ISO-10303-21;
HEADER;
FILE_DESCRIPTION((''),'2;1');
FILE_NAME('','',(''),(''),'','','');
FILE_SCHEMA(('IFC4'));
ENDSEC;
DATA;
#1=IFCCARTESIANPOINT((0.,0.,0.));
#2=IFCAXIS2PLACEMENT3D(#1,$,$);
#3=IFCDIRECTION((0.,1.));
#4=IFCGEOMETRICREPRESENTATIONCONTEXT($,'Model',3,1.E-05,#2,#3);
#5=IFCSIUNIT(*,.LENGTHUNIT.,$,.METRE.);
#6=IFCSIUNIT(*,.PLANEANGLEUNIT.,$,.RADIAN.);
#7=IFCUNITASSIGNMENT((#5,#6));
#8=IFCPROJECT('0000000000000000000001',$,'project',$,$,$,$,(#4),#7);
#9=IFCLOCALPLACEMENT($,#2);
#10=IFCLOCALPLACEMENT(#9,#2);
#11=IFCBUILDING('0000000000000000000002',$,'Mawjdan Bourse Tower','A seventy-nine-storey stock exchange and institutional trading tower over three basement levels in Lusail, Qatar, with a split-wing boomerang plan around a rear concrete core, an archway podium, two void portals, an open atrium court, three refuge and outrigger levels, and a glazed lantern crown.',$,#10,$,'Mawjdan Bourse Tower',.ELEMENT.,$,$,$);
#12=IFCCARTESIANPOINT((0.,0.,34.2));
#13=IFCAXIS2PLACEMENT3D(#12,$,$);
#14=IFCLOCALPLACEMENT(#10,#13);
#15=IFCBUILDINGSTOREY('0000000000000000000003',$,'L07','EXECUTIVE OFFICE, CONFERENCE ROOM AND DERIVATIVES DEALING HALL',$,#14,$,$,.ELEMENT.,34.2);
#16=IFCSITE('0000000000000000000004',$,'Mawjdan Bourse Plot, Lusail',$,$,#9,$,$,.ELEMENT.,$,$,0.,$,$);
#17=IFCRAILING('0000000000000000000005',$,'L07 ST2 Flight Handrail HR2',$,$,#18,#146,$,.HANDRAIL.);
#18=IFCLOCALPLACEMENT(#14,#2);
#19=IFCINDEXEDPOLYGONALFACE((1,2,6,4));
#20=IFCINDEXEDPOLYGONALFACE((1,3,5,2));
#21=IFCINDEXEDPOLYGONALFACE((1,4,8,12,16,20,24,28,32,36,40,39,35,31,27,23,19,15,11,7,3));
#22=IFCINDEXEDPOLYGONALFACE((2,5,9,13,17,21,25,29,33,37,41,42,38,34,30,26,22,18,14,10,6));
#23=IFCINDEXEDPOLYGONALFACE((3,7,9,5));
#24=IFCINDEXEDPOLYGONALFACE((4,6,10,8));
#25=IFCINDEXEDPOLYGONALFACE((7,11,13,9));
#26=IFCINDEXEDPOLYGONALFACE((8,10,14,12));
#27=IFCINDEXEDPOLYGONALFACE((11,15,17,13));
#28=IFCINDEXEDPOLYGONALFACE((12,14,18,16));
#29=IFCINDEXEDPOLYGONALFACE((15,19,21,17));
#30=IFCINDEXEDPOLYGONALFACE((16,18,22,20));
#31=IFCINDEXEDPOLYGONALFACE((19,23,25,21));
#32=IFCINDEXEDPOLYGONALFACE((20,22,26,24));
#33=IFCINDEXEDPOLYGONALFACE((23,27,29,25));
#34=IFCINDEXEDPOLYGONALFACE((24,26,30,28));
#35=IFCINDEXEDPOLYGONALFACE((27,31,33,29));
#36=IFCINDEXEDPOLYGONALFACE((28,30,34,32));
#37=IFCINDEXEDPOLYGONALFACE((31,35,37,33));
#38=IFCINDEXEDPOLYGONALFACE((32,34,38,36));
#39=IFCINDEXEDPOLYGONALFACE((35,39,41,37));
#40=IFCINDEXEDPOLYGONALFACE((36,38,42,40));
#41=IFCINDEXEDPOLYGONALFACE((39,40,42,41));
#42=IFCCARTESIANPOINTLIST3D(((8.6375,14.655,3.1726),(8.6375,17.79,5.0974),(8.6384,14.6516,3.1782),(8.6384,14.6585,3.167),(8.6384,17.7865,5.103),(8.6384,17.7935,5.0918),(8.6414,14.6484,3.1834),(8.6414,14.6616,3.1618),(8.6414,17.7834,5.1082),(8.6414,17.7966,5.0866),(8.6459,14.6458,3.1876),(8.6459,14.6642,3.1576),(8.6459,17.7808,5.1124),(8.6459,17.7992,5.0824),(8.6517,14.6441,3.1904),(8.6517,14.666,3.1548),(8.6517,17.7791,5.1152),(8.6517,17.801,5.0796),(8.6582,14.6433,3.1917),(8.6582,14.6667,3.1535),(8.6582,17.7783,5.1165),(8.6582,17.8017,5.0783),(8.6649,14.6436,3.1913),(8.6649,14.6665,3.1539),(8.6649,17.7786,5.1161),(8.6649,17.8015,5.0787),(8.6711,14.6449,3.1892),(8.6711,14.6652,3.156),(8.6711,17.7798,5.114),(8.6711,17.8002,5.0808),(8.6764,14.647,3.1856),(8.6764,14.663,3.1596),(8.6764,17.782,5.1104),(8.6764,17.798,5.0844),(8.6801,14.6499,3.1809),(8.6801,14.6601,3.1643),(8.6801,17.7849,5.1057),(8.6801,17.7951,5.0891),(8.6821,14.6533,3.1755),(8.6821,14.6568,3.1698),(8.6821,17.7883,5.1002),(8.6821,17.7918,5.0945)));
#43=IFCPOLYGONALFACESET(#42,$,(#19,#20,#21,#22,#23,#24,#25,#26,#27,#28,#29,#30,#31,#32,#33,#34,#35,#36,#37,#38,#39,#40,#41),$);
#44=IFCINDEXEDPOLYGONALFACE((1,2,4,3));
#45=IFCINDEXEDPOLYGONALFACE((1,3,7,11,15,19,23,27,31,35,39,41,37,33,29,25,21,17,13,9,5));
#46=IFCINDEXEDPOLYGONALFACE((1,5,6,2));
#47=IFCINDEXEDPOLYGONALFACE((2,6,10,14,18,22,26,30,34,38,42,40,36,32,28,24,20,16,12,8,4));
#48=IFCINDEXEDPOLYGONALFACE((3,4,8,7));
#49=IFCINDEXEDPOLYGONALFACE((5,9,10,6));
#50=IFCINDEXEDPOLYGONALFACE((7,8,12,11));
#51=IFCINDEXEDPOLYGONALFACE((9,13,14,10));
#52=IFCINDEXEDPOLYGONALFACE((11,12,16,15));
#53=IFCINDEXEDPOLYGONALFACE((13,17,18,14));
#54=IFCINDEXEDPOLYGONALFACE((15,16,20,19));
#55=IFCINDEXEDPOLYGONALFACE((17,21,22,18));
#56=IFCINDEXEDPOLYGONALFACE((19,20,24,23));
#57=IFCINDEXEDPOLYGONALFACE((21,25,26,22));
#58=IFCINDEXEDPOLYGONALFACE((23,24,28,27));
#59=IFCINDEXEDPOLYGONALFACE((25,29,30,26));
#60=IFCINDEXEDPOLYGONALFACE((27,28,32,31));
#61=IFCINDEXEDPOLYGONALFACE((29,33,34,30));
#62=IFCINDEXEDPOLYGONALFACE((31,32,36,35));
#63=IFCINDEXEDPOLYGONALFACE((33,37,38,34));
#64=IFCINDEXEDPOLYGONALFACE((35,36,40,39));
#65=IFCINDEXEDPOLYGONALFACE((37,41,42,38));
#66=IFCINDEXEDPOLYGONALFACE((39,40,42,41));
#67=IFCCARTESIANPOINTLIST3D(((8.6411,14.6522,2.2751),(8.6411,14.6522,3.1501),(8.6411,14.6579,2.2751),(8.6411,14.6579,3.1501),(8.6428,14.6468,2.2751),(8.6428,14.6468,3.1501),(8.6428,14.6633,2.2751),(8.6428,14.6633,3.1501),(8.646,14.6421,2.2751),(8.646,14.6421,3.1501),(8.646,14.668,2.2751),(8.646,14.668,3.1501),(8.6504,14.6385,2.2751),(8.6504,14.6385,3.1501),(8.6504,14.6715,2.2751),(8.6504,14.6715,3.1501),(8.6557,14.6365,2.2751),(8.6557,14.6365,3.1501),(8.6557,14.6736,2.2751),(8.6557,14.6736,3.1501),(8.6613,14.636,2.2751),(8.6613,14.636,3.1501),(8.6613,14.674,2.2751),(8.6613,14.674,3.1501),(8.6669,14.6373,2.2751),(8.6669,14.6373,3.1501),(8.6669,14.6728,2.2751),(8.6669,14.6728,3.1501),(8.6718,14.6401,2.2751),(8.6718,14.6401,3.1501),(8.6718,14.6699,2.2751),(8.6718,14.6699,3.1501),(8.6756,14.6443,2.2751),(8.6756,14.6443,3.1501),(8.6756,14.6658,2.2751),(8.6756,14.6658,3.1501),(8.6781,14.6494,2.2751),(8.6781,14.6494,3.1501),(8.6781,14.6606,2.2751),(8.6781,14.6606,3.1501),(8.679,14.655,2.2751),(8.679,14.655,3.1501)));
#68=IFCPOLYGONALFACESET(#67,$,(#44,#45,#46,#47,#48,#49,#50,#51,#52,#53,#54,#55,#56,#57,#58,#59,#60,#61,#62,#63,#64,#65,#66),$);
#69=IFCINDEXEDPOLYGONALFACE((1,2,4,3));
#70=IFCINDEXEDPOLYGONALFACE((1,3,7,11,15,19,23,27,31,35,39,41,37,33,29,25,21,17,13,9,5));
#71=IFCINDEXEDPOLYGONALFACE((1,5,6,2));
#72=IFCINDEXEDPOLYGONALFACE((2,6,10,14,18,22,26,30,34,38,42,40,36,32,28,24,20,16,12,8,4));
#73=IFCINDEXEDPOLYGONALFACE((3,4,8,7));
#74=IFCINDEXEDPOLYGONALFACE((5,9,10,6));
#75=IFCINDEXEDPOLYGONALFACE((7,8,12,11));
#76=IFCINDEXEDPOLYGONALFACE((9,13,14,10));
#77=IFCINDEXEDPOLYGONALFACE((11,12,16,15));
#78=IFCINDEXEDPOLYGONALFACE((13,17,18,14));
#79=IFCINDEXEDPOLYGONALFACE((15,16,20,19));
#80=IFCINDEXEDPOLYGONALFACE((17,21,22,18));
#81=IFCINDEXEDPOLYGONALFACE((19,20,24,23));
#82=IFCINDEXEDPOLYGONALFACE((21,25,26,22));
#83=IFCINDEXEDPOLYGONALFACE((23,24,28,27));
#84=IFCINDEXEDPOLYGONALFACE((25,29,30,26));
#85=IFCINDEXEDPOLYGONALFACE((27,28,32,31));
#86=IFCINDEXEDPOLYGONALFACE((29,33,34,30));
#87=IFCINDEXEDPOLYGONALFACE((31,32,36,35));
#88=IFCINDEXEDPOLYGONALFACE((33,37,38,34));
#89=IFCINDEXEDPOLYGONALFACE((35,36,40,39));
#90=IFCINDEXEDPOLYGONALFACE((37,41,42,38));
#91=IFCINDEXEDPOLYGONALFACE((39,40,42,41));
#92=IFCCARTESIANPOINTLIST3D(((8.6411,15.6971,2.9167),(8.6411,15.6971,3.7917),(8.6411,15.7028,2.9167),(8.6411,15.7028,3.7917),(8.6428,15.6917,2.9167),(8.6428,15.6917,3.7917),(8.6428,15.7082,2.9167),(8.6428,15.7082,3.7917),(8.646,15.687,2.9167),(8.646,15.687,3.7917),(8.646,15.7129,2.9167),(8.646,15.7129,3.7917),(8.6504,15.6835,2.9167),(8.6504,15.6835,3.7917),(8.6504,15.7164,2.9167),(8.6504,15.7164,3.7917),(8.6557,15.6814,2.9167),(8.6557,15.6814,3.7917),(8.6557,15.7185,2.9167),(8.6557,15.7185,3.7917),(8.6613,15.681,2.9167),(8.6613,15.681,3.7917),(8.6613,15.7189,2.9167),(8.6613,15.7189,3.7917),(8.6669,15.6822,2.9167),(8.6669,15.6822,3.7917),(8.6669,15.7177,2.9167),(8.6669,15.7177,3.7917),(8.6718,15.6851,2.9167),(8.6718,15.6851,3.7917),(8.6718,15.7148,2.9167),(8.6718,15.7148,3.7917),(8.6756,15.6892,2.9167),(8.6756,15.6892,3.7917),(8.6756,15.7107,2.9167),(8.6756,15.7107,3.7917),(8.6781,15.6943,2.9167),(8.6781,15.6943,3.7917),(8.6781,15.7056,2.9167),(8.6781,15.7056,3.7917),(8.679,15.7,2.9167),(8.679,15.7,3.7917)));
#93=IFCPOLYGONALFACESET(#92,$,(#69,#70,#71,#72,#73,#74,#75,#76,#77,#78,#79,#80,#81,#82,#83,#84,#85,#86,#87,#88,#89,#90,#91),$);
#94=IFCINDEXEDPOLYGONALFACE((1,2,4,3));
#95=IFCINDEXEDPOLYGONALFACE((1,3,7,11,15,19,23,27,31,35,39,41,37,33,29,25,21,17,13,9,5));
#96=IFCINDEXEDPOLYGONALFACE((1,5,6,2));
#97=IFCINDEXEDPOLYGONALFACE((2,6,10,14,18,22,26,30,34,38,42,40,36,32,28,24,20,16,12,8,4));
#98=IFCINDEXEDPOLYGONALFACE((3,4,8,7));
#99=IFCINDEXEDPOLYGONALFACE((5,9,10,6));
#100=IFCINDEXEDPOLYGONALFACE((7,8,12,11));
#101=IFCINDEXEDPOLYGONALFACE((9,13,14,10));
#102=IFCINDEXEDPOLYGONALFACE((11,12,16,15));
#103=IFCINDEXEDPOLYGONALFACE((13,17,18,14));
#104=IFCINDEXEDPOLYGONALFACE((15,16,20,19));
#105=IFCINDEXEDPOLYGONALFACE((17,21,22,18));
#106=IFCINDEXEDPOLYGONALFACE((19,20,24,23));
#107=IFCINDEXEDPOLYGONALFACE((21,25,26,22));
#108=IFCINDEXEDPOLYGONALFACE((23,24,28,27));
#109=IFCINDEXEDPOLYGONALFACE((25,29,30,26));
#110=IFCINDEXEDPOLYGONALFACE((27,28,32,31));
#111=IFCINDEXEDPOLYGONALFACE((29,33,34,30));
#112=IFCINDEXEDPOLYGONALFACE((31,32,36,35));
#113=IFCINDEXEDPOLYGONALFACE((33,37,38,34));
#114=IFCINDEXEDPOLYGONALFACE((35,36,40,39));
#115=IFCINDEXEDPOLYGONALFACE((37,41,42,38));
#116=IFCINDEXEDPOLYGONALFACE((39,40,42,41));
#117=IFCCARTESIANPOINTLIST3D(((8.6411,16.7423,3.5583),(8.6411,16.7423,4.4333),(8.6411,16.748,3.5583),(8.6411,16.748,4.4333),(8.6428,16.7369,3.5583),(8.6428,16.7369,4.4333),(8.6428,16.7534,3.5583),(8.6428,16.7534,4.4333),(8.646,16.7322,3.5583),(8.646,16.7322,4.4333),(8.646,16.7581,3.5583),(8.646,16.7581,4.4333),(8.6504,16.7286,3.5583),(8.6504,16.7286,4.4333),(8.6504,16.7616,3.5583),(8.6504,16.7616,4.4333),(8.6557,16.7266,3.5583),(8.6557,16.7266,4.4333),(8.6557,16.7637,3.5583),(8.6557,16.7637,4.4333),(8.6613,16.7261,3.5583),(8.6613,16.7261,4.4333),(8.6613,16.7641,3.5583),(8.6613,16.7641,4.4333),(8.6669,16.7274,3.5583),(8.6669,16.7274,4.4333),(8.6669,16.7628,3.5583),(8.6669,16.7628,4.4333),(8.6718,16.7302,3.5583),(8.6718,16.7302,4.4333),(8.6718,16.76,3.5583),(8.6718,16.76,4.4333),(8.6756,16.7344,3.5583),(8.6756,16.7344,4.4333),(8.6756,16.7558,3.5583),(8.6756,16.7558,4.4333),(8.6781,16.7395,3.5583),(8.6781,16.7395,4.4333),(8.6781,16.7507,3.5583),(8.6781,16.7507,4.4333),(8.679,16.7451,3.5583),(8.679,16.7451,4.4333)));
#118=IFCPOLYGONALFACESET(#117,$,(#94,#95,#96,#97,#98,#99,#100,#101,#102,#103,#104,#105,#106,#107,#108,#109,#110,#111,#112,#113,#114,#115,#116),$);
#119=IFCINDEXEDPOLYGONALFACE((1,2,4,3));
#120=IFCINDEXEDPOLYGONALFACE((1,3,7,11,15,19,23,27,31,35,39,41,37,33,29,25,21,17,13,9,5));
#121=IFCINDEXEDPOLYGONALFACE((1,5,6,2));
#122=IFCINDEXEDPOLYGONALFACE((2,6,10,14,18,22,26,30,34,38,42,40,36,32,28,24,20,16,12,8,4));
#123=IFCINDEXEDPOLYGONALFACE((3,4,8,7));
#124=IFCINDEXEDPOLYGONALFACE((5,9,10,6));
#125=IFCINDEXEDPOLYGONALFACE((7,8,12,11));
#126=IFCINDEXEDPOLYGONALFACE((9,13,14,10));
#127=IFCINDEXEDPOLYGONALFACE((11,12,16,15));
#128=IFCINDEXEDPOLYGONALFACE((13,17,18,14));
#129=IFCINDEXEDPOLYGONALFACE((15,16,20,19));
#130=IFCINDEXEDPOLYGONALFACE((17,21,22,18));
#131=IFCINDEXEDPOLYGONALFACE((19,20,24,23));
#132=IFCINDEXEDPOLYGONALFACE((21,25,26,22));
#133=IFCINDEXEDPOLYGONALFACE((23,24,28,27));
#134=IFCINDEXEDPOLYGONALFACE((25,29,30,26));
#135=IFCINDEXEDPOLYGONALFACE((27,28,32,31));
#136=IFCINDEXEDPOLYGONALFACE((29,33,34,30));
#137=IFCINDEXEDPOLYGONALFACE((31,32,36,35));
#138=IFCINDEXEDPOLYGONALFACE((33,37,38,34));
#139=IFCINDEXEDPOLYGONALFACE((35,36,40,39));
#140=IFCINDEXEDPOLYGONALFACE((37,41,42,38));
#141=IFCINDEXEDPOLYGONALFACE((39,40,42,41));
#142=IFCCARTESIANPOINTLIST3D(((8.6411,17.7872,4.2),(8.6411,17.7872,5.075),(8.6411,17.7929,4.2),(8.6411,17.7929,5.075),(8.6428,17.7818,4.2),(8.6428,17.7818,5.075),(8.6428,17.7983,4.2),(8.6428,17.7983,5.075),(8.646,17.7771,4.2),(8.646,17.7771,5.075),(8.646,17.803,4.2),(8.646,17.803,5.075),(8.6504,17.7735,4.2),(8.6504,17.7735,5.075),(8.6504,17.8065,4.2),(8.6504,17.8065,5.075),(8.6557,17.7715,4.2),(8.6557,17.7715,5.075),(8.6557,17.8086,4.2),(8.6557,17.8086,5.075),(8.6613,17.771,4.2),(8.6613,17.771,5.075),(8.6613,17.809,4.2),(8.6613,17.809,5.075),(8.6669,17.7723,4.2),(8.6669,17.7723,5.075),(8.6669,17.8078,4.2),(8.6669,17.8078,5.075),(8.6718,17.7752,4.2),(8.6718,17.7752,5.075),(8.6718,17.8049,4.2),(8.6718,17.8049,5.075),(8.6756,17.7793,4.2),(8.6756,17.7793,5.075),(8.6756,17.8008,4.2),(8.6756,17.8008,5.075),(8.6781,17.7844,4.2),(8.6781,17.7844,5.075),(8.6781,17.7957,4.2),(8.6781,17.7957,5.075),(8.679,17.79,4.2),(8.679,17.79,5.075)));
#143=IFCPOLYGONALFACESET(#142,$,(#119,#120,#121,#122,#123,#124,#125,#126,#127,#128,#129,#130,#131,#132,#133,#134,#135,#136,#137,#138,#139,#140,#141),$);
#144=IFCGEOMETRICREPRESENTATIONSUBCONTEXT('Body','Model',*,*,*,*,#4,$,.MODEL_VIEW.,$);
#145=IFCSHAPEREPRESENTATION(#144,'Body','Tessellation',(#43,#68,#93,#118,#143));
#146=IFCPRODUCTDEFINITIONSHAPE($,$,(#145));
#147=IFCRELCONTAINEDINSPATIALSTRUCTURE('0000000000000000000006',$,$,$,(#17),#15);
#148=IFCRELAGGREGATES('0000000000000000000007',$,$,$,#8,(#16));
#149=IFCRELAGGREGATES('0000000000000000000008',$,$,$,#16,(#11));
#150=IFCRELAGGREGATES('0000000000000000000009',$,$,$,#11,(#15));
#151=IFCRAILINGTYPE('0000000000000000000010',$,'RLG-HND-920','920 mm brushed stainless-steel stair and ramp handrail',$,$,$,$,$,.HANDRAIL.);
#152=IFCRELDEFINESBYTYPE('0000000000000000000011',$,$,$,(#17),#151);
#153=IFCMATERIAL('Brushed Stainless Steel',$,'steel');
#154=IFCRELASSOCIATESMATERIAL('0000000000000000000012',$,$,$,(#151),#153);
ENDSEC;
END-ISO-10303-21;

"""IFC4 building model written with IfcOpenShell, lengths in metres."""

from ifc_helpers import new_model, si_unit, direction, frame, origin, origin_2d, place, context, subcontext, project, spatial, circle, extrude, material, type_object, element, save


model = new_model("IFC4")

# Units and contexts
model_context = context("Model", 3, precision=1e-05, world=origin(), true_north=direction((0.0, 1.0)))
body_context = subcontext(model_context, "Body", "Model", "MODEL_VIEW")
ifc_project = project(units=[si_unit("LENGTHUNIT", "METRE"), si_unit("PLANEANGLEUNIT", "RADIAN")], contexts=[model_context])

# Site, building, storey
site_placement = place(None, origin())
site = spatial("IfcSite", under=ifc_project, at=site_placement, Name="Mawjdan Bourse Plot, Lusail", CompositionType="ELEMENT", RefElevation=0.0)
building_placement = place(site_placement, origin())
building = spatial("IfcBuilding", under=site, at=building_placement, Name="Mawjdan Bourse Tower", Description="A seventy-nine-storey stock exchange and institutional trading tower over three basement levels in Lusail, Qatar, with a split-wing boomerang plan around a rear concrete core, an archway podium, two void portals, an open atrium court, three refuge and outrigger levels, and a glazed lantern crown.", LongName="Mawjdan Bourse Tower", CompositionType="ELEMENT")
storey_placement = place(building_placement, frame((0.0, 0.0, 34.2)))
storey = spatial("IfcBuildingStorey", under=building, at=storey_placement, Name="L07", Description="EXECUTIVE OFFICE, CONFERENCE ROOM AND DERIVATIVES DEALING HALL", CompositionType="ELEMENT", Elevation=34.2)

# Railing
ifc_material_1 = material(Name="Brushed Stainless Steel", Category="steel")
railing_type_1 = type_object("IfcRailingType", Name="RLG-HND-920", Description="920 mm brushed stainless-steel stair and ramp handrail", PredefinedType="HANDRAIL", material=ifc_material_1)
railing_1_placement = place(storey_placement, frame((8.6599, 14.655, 2.2751)))
element("IfcRailing", 1, at=railing_1_placement, inside=storey, type_object=railing_type_1, Name="L07 ST2 Flight Handrail HR2", PredefinedType="HANDRAIL", context=body_context, shape_type="SweptSolid", body=[
    extrude(circle(Radius=0.0225, at=origin_2d()), frame((0.0, 0.0, 0.8975), z_axis=(0.0, 0.852196, 0.523223), x_axis=(-1.0, 0.0, 0.0)), (0.0, 0.0, 1.0), 3.6787),
    extrude(circle(Radius=0.019, at=origin_2d()), origin(), (0.0, 0.0, 1.0), 0.875),
    extrude(circle(Radius=0.019, at=origin_2d()), frame((0.0, 1.0449, 0.6416)), (0.0, 0.0, 1.0), 0.875),
    extrude(circle(Radius=0.019, at=origin_2d()), frame((0.0, 2.0901, 1.2832)), (0.0, 0.0, 1.0), 0.875),
    extrude(circle(Radius=0.019, at=origin_2d()), frame((0.0, 3.135, 1.9248)), (0.0, 0.0, 1.0), 0.875),
])

save(model, "model.ifc")
